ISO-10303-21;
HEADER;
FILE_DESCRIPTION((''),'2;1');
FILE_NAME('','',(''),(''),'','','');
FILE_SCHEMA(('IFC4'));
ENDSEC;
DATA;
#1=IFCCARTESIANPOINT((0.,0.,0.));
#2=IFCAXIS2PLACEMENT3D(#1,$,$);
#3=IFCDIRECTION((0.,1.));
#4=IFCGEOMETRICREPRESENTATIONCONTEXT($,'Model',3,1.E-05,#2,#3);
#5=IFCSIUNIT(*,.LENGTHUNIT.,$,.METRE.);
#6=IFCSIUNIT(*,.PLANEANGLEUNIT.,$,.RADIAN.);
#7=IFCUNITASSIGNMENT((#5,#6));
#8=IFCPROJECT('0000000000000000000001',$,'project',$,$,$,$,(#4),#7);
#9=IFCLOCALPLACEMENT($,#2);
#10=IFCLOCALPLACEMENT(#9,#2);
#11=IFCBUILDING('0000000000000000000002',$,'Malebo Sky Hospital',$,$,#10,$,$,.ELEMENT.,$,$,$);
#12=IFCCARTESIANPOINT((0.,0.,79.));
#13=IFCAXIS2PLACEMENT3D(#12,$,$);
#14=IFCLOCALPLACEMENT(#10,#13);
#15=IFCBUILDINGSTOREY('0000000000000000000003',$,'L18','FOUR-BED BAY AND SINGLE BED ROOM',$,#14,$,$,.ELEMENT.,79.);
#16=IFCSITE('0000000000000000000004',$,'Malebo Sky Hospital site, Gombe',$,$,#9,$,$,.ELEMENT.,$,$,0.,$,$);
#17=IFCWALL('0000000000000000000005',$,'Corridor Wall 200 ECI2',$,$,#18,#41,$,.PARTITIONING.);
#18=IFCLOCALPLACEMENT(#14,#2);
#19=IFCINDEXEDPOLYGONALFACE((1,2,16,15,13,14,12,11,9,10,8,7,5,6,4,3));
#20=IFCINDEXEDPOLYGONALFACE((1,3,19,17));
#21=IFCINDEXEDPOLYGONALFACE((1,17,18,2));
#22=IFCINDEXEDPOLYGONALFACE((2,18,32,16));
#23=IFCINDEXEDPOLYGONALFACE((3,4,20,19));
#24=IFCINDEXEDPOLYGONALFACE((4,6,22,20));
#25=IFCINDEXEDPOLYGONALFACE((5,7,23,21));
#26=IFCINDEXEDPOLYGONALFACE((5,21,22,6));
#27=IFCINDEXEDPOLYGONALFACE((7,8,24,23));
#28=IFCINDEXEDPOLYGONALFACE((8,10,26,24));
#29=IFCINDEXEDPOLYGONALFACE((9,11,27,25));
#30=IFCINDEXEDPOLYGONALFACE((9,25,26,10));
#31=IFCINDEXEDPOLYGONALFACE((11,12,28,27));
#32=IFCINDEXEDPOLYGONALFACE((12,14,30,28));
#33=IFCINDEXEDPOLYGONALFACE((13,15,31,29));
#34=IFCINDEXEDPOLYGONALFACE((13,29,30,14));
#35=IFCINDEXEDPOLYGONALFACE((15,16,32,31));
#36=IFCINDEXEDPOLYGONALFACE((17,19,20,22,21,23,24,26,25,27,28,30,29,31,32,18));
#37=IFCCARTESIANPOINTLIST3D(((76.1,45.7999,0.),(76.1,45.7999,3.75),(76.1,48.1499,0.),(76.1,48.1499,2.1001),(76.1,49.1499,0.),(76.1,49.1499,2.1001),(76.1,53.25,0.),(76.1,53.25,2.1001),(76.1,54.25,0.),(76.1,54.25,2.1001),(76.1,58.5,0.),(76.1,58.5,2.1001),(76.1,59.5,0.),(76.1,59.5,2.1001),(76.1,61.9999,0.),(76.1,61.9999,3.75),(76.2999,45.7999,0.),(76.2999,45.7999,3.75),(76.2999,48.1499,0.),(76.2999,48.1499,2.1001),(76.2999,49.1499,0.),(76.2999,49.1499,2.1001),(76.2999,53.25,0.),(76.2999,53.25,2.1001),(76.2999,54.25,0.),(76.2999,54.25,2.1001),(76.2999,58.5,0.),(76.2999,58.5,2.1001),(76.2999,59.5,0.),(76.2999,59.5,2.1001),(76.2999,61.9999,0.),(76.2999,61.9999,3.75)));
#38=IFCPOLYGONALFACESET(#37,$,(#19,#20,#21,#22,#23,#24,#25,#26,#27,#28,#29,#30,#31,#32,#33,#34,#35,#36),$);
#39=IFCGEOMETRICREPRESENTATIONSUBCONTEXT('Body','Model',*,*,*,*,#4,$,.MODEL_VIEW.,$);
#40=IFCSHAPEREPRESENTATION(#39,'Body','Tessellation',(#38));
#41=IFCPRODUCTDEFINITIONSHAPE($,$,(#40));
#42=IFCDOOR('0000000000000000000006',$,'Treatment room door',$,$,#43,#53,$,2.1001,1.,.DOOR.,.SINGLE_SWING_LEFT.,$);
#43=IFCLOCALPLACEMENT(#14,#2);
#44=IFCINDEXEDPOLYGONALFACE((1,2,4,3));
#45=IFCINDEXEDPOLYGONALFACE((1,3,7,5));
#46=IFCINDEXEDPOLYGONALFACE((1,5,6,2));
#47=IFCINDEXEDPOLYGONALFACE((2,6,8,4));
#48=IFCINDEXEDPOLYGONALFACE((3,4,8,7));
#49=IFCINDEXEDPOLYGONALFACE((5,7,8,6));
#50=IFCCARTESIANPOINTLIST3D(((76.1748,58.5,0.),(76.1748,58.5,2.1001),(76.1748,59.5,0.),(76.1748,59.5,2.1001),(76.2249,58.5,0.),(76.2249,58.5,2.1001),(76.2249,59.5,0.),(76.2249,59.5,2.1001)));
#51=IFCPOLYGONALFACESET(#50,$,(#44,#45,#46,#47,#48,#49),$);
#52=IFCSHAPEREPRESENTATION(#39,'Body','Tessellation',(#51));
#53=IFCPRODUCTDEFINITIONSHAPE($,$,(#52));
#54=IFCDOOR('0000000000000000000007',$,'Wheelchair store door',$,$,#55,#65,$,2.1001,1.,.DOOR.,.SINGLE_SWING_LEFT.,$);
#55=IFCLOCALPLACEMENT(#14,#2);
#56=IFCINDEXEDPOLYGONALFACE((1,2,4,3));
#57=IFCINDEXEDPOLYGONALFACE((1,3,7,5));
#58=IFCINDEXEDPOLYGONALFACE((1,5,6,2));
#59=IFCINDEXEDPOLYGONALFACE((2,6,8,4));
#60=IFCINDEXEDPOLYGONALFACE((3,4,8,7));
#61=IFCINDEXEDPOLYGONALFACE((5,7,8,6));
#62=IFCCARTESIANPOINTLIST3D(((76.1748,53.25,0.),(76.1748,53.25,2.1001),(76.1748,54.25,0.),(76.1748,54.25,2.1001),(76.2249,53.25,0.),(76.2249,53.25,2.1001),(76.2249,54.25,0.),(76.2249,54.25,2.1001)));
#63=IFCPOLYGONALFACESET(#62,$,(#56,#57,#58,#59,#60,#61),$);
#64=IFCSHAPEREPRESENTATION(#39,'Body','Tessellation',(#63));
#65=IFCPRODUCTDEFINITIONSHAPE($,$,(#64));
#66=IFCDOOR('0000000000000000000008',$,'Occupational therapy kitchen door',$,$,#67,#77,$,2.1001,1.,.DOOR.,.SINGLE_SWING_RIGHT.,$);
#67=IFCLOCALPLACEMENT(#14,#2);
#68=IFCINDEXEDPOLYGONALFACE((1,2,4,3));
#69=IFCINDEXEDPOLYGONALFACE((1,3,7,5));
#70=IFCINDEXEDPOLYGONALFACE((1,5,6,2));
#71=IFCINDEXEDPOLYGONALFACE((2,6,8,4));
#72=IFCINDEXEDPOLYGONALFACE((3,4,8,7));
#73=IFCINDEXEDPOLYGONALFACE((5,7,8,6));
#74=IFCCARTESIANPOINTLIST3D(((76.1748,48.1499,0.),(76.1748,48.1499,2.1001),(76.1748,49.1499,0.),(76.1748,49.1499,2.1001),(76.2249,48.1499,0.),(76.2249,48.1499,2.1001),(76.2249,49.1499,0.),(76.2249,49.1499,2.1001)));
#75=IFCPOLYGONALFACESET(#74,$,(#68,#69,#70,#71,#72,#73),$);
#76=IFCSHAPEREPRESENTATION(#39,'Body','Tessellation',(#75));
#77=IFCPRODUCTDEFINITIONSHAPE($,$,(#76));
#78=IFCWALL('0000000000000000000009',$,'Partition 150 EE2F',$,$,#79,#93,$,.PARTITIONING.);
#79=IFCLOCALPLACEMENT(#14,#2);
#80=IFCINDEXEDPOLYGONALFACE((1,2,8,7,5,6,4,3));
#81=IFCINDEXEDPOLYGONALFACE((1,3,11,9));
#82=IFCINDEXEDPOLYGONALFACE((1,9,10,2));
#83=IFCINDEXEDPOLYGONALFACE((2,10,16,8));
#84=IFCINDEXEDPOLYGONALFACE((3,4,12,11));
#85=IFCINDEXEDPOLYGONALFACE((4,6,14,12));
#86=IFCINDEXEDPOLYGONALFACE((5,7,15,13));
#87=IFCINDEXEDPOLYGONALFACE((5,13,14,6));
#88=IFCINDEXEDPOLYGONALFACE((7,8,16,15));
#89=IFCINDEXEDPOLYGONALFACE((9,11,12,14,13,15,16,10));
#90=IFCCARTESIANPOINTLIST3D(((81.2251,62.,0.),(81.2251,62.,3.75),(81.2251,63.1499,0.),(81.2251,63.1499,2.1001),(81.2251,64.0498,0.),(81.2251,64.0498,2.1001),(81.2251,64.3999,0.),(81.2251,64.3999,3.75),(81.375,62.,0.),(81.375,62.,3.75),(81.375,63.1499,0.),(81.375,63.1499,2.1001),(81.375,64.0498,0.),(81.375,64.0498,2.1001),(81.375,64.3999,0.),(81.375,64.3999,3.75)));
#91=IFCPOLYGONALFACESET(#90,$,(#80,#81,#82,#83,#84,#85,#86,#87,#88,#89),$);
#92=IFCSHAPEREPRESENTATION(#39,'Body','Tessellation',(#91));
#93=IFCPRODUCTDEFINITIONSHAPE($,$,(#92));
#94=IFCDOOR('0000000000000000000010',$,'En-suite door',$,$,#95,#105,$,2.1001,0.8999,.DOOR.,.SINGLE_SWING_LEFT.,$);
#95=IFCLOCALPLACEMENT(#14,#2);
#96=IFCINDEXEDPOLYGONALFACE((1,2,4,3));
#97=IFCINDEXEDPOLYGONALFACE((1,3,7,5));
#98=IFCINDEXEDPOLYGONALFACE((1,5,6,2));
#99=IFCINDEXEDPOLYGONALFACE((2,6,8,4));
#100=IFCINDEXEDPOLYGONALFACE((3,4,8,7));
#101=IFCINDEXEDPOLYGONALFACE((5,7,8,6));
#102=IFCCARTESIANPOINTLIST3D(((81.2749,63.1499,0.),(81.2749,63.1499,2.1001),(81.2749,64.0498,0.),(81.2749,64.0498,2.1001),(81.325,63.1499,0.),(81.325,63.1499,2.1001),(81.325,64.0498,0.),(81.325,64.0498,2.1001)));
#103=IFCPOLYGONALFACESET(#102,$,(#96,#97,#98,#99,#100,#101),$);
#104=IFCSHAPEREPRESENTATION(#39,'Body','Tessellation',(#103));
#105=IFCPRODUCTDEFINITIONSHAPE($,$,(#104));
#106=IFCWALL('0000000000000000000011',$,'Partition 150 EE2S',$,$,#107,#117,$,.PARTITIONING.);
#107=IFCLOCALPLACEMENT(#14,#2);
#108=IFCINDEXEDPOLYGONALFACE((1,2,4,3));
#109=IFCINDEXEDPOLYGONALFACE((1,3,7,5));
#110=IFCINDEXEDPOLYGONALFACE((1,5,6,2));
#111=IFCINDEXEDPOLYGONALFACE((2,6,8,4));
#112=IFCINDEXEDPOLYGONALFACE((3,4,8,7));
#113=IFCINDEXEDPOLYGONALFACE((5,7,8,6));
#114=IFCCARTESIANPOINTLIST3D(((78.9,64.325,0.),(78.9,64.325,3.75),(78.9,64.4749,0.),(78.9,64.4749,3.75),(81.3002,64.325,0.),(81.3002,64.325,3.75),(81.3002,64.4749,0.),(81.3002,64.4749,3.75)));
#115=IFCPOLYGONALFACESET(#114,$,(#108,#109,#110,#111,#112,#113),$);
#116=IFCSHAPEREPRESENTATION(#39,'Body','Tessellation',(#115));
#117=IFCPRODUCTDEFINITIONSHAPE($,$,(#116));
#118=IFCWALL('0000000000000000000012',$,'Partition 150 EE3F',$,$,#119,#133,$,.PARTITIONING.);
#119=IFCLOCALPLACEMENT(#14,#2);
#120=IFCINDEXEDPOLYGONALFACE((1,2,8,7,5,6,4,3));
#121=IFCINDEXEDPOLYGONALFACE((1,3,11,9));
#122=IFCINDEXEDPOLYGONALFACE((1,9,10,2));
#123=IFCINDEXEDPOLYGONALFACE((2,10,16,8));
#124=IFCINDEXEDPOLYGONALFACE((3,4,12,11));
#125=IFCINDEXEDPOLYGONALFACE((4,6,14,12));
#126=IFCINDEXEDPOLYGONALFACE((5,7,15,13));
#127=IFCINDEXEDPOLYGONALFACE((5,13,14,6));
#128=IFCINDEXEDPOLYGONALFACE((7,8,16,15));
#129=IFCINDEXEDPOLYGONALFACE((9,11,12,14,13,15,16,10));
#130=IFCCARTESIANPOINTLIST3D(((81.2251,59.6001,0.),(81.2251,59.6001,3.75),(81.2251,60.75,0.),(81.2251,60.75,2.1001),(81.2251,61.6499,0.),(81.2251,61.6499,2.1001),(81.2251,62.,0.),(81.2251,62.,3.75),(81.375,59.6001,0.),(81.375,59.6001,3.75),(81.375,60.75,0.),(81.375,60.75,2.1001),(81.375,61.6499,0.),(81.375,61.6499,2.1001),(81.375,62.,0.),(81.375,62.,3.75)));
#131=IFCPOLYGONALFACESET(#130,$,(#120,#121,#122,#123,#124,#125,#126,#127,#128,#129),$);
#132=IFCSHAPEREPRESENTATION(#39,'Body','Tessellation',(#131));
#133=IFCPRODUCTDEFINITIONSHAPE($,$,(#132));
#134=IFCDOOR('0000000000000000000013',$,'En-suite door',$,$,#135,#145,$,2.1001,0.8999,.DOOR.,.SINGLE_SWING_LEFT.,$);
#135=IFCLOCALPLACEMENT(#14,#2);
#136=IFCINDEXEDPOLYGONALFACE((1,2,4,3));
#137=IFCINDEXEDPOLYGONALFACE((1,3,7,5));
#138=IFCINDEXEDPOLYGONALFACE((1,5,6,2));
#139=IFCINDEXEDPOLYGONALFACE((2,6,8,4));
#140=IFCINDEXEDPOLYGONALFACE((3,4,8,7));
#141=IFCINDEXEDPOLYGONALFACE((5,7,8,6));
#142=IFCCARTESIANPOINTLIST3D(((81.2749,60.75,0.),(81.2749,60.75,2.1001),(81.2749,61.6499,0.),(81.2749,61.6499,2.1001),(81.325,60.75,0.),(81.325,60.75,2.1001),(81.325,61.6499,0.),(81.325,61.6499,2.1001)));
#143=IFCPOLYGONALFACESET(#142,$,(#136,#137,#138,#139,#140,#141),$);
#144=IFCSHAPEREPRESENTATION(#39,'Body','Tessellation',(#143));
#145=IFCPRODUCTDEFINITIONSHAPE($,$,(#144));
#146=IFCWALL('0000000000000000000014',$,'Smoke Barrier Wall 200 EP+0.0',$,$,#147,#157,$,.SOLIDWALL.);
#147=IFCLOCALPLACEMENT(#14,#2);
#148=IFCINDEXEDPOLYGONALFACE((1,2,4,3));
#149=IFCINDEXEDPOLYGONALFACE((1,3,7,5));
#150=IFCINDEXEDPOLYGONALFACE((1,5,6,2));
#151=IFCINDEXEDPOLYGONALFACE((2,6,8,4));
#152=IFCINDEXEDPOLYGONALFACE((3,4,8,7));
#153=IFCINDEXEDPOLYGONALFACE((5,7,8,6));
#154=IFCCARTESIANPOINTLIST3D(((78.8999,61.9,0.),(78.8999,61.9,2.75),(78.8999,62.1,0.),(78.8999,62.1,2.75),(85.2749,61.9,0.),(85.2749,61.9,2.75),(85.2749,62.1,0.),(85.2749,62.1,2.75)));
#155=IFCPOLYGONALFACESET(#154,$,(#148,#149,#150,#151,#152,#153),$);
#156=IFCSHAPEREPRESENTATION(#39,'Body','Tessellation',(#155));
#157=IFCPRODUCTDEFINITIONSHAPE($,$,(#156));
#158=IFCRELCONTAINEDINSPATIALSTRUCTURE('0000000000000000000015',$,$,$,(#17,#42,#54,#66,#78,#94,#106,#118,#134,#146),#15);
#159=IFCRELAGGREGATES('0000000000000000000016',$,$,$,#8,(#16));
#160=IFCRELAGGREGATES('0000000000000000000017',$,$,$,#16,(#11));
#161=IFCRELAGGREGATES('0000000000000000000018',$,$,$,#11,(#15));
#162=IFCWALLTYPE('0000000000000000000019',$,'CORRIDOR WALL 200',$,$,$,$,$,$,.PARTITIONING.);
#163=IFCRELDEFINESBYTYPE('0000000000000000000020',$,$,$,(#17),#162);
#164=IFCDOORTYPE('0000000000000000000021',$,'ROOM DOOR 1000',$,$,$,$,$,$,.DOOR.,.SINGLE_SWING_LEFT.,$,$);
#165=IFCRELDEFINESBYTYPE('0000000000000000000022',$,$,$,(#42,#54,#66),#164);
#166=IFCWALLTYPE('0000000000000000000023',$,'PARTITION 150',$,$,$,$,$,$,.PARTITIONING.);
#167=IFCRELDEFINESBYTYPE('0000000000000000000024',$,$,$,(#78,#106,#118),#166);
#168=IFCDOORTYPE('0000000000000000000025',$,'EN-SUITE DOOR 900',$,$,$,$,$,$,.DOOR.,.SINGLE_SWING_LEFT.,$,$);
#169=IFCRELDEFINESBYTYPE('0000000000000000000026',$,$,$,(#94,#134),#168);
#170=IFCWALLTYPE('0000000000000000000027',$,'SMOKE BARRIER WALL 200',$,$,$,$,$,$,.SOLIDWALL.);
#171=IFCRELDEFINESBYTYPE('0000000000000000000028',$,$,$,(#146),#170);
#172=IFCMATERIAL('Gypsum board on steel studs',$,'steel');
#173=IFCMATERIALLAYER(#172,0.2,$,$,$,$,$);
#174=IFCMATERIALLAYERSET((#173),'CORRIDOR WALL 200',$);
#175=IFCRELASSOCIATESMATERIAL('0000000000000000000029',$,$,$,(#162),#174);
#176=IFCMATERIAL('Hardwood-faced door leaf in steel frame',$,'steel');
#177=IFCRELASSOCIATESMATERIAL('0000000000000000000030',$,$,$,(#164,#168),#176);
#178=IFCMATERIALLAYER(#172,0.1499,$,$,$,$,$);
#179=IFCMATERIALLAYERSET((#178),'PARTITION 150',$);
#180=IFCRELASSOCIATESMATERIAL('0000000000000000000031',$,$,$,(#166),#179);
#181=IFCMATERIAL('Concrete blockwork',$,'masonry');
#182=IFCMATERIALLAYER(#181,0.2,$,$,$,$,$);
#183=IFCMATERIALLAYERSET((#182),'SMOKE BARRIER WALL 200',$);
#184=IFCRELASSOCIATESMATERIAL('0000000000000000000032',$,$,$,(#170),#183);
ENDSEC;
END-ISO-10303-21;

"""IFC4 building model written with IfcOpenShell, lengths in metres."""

from ifc_helpers import new_model, si_unit, direction, frame, frame_2d, origin, place, context, subcontext, project, spatial, rectangle, extrude, material, layer, layer_set, type_object, element, fill, save


model = new_model("IFC4")

# Units and contexts
model_context = context("Model", 3, precision=1e-05, world=origin(), true_north=direction((0.0, 1.0)))
body_context = subcontext(model_context, "Body", "Model", "MODEL_VIEW")
ifc_project = project(units=[si_unit("LENGTHUNIT", "METRE"), si_unit("PLANEANGLEUNIT", "RADIAN")], contexts=[model_context])

# Site, building, storey
site_placement = place(None, origin())
site = spatial("IfcSite", under=ifc_project, at=site_placement, Name="Malebo Sky Hospital site, Gombe", CompositionType="ELEMENT", RefElevation=0.0)
building_placement = place(site_placement, origin())
building = spatial("IfcBuilding", under=site, at=building_placement, Name="Malebo Sky Hospital", CompositionType="ELEMENT")
storey_placement = place(building_placement, frame((0.0, 0.0, 79.0)))
storey = spatial("IfcBuildingStorey", under=building, at=storey_placement, Name="L18", Description="FOUR-BED BAY AND SINGLE BED ROOM", CompositionType="ELEMENT", Elevation=79.0)

# Wall, openings, doors
ifc_material_1 = material(Name="Gypsum board on steel studs", Category="steel")
ifc_layer_1 = layer(ifc_material_1, 0.2)
ifc_layer_set_1 = layer_set([ifc_layer_1], Name="CORRIDOR WALL 200")
wall_type_1 = type_object("IfcWallType", Name="CORRIDOR WALL 200", PredefinedType="PARTITIONING", material=ifc_layer_set_1)
wall_1_placement = place(storey_placement, frame((76.2, 62.0, 0.0), z_axis=(0.0, 0.0, 1.0), x_axis=(0.0, -1.0, 0.0)))
wall_1 = element("IfcWall", 1, at=wall_1_placement, inside=storey, type_object=wall_type_1, Name="Corridor Wall 200 ECI2", PredefinedType="PARTITIONING", context=body_context, shape_type="SweptSolid", body=[
    extrude(rectangle(XDim=16.2, YDim=0.2, at=frame_2d((8.1001, 0.0))), origin(), (0.0, 0.0, 1.0), 3.75),
])
opening_1_placement = place(wall_1_placement, frame((2.5, 0.0, 0.0)))
opening_1 = element("IfcOpeningElement", 2, at=opening_1_placement, cuts=wall_1, PredefinedType="OPENING", context=body_context, shape_type="SweptSolid", body=[
    extrude(rectangle(XDim=1.0, YDim=2.1001, at=frame_2d((0.5, 1.05))), frame((0.0, 0.1099, 0.0), z_axis=(0.0, -1.0, 0.0), x_axis=(1.0, 0.0, 0.0)), (0.0, 0.0, 1.0), 0.22),
])
opening_2_placement = place(wall_1_placement, frame((7.75, 0.0, 0.0)))
opening_2 = element("IfcOpeningElement", 3, at=opening_2_placement, cuts=wall_1, PredefinedType="OPENING", context=body_context, shape_type="SweptSolid", body=[
    extrude(rectangle(XDim=1.0, YDim=2.1001, at=frame_2d((0.5, 1.05))), frame((0.0, 0.1099, 0.0), z_axis=(0.0, -1.0, 0.0), x_axis=(1.0, 0.0, 0.0)), (0.0, 0.0, 1.0), 0.22),
])
opening_3_placement = place(wall_1_placement, frame((12.8501, 0.0, 0.0)))
opening_3 = element("IfcOpeningElement", 4, at=opening_3_placement, cuts=wall_1, PredefinedType="OPENING", context=body_context, shape_type="SweptSolid", body=[
    extrude(rectangle(XDim=1.0, YDim=2.1001, at=frame_2d((0.5, 1.05))), frame((0.0, 0.1099, 0.0), z_axis=(0.0, -1.0, 0.0), x_axis=(1.0, 0.0, 0.0)), (0.0, 0.0, 1.0), 0.22),
])
ifc_material_2 = material(Name="Hardwood-faced door leaf in steel frame", Category="steel")
door_type_1 = type_object("IfcDoorType", Name="ROOM DOOR 1000", OperationType="SINGLE_SWING_LEFT", PredefinedType="DOOR", material=ifc_material_2)
door_1_placement = place(opening_1_placement, origin())
door_1 = element("IfcDoor", 5, at=door_1_placement, inside=storey, type_object=door_type_1, Name="Treatment room door", OperationType="SINGLE_SWING_LEFT", OverallHeight=2.1001, OverallWidth=1.0, PredefinedType="DOOR", context=body_context, shape_type="SweptSolid", body=[
    extrude(rectangle(XDim=1.0, YDim=2.1001, at=frame_2d((0.5, 1.05))), frame((0.0, 0.0249, 0.0), z_axis=(0.0, -1.0, 0.0), x_axis=(1.0, 0.0, 0.0)), (0.0, 0.0, 1.0), 0.05),
])
fill(opening_1, door_1)
door_2_placement = place(opening_2_placement, origin())
door_2 = element("IfcDoor", 6, at=door_2_placement, inside=storey, type_object=door_type_1, Name="Wheelchair store door", OperationType="SINGLE_SWING_LEFT", OverallHeight=2.1001, OverallWidth=1.0, PredefinedType="DOOR", context=body_context, shape_type="SweptSolid", body=[
    extrude(rectangle(XDim=1.0, YDim=2.1001, at=frame_2d((0.5, 1.05))), frame((0.0, 0.0249, 0.0), z_axis=(0.0, -1.0, 0.0), x_axis=(1.0, 0.0, 0.0)), (0.0, 0.0, 1.0), 0.05),
])
fill(opening_2, door_2)
door_3_placement = place(opening_3_placement, origin())
door_3 = element("IfcDoor", 7, at=door_3_placement, inside=storey, type_object=door_type_1, Name="Occupational therapy kitchen door", OperationType="SINGLE_SWING_RIGHT", OverallHeight=2.1001, OverallWidth=1.0, PredefinedType="DOOR", context=body_context, shape_type="SweptSolid", body=[
    extrude(rectangle(XDim=1.0, YDim=2.1001, at=frame_2d((0.5, 1.05))), frame((0.0, 0.0249, 0.0), z_axis=(0.0, -1.0, 0.0), x_axis=(1.0, 0.0, 0.0)), (0.0, 0.0, 1.0), 0.05),
])
fill(opening_3, door_3)

# Wall, opening, door
ifc_layer_2 = layer(ifc_material_1, 0.1499)
ifc_layer_set_2 = layer_set([ifc_layer_2], Name="PARTITION 150")
wall_type_2 = type_object("IfcWallType", Name="PARTITION 150", PredefinedType="PARTITIONING", material=ifc_layer_set_2)
wall_2_placement = place(storey_placement, frame((81.3, 64.3999, 0.0), z_axis=(0.0, 0.0, 1.0), x_axis=(0.0, -1.0, 0.0)))
wall_2 = element("IfcWall", 8, at=wall_2_placement, inside=storey, type_object=wall_type_2, Name="Partition 150 EE2F", PredefinedType="PARTITIONING", context=body_context, shape_type="SweptSolid", body=[
    extrude(rectangle(XDim=2.3999, YDim=0.1499, at=frame_2d((1.2, 0.0))), origin(), (0.0, 0.0, 1.0), 3.75),
])
opening_4_placement = place(wall_2_placement, frame((0.3501, 0.0, 0.0)))
opening_4 = element("IfcOpeningElement", 9, at=opening_4_placement, cuts=wall_2, PredefinedType="OPENING", context=body_context, shape_type="SweptSolid", body=[
    extrude(rectangle(XDim=0.8999, YDim=2.1001, at=frame_2d((0.45, 1.05))), frame((0.0, 0.085, 0.0), z_axis=(0.0, -1.0, 0.0), x_axis=(1.0, 0.0, 0.0)), (0.0, 0.0, 1.0), 0.1699),
])
door_type_2 = type_object("IfcDoorType", Name="EN-SUITE DOOR 900", OperationType="SINGLE_SWING_LEFT", PredefinedType="DOOR", material=ifc_material_2)
door_4_placement = place(opening_4_placement, origin())
door_4 = element("IfcDoor", 10, at=door_4_placement, inside=storey, type_object=door_type_2, Name="En-suite door", OperationType="SINGLE_SWING_LEFT", OverallHeight=2.1001, OverallWidth=0.8999, PredefinedType="DOOR", context=body_context, shape_type="SweptSolid", body=[
    extrude(rectangle(XDim=0.8999, YDim=2.1001, at=frame_2d((0.45, 1.05))), frame((0.0, 0.0249, 0.0), z_axis=(0.0, -1.0, 0.0), x_axis=(1.0, 0.0, 0.0)), (0.0, 0.0, 1.0), 0.05),
])
fill(opening_4, door_4)

# Wall
wall_3_placement = place(storey_placement, frame((78.8999, 64.3999, 0.0), z_axis=(0.0, 0.0, 1.0), x_axis=(1.0, 0.0, 0.0)))
element("IfcWall", 11, at=wall_3_placement, inside=storey, type_object=wall_type_2, Name="Partition 150 EE2S", PredefinedType="PARTITIONING", context=body_context, shape_type="SweptSolid", body=[
    extrude(rectangle(XDim=2.4001, YDim=0.1499, at=frame_2d((1.2002, 0.0))), origin(), (0.0, 0.0, 1.0), 3.75),
])

# Wall, opening, door
wall_4_placement = place(storey_placement, frame((81.3, 62.0, 0.0), z_axis=(0.0, 0.0, 1.0), x_axis=(0.0, -1.0, 0.0)))
wall_4 = element("IfcWall", 12, at=wall_4_placement, inside=storey, type_object=wall_type_2, Name="Partition 150 EE3F", PredefinedType="PARTITIONING", context=body_context, shape_type="SweptSolid", body=[
    extrude(rectangle(XDim=2.3999, YDim=0.1499, at=frame_2d((1.2, 0.0))), origin(), (0.0, 0.0, 1.0), 3.75),
])
opening_5_placement = place(wall_4_placement, frame((0.3501, 0.0, 0.0)))
opening_5 = element("IfcOpeningElement", 13, at=opening_5_placement, cuts=wall_4, PredefinedType="OPENING", context=body_context, shape_type="SweptSolid", body=[
    extrude(rectangle(XDim=0.8999, YDim=2.1001, at=frame_2d((0.45, 1.05))), frame((0.0, 0.085, 0.0), z_axis=(0.0, -1.0, 0.0), x_axis=(1.0, 0.0, 0.0)), (0.0, 0.0, 1.0), 0.1699),
])
door_5_placement = place(opening_5_placement, origin())
door_5 = element("IfcDoor", 14, at=door_5_placement, inside=storey, type_object=door_type_2, Name="En-suite door", OperationType="SINGLE_SWING_LEFT", OverallHeight=2.1001, OverallWidth=0.8999, PredefinedType="DOOR", context=body_context, shape_type="SweptSolid", body=[
    extrude(rectangle(XDim=0.8999, YDim=2.1001, at=frame_2d((0.45, 1.05))), frame((0.0, 0.0249, 0.0), z_axis=(0.0, -1.0, 0.0), x_axis=(1.0, 0.0, 0.0)), (0.0, 0.0, 1.0), 0.05),
])
fill(opening_5, door_5)

# Wall
ifc_material_3 = material(Name="Concrete blockwork", Category="masonry")
ifc_layer_3 = layer(ifc_material_3, 0.2)
ifc_layer_set_3 = layer_set([ifc_layer_3], Name="SMOKE BARRIER WALL 200")
wall_type_3 = type_object("IfcWallType", Name="SMOKE BARRIER WALL 200", PredefinedType="SOLIDWALL", material=ifc_layer_set_3)
wall_5_placement = place(storey_placement, frame((78.8999, 62.0, 0.0), z_axis=(0.0, 0.0, 1.0), x_axis=(1.0, 0.0, 0.0)))
element("IfcWall", 15, at=wall_5_placement, inside=storey, type_object=wall_type_3, Name="Smoke Barrier Wall 200 EP+0.0", PredefinedType="SOLIDWALL", context=body_context, shape_type="SweptSolid", body=[
    extrude(rectangle(XDim=6.375, YDim=0.2, at=frame_2d((3.1875, 0.0))), origin(), (0.0, 0.0, 1.0), 2.75),
])

save(model, "model.ifc")
